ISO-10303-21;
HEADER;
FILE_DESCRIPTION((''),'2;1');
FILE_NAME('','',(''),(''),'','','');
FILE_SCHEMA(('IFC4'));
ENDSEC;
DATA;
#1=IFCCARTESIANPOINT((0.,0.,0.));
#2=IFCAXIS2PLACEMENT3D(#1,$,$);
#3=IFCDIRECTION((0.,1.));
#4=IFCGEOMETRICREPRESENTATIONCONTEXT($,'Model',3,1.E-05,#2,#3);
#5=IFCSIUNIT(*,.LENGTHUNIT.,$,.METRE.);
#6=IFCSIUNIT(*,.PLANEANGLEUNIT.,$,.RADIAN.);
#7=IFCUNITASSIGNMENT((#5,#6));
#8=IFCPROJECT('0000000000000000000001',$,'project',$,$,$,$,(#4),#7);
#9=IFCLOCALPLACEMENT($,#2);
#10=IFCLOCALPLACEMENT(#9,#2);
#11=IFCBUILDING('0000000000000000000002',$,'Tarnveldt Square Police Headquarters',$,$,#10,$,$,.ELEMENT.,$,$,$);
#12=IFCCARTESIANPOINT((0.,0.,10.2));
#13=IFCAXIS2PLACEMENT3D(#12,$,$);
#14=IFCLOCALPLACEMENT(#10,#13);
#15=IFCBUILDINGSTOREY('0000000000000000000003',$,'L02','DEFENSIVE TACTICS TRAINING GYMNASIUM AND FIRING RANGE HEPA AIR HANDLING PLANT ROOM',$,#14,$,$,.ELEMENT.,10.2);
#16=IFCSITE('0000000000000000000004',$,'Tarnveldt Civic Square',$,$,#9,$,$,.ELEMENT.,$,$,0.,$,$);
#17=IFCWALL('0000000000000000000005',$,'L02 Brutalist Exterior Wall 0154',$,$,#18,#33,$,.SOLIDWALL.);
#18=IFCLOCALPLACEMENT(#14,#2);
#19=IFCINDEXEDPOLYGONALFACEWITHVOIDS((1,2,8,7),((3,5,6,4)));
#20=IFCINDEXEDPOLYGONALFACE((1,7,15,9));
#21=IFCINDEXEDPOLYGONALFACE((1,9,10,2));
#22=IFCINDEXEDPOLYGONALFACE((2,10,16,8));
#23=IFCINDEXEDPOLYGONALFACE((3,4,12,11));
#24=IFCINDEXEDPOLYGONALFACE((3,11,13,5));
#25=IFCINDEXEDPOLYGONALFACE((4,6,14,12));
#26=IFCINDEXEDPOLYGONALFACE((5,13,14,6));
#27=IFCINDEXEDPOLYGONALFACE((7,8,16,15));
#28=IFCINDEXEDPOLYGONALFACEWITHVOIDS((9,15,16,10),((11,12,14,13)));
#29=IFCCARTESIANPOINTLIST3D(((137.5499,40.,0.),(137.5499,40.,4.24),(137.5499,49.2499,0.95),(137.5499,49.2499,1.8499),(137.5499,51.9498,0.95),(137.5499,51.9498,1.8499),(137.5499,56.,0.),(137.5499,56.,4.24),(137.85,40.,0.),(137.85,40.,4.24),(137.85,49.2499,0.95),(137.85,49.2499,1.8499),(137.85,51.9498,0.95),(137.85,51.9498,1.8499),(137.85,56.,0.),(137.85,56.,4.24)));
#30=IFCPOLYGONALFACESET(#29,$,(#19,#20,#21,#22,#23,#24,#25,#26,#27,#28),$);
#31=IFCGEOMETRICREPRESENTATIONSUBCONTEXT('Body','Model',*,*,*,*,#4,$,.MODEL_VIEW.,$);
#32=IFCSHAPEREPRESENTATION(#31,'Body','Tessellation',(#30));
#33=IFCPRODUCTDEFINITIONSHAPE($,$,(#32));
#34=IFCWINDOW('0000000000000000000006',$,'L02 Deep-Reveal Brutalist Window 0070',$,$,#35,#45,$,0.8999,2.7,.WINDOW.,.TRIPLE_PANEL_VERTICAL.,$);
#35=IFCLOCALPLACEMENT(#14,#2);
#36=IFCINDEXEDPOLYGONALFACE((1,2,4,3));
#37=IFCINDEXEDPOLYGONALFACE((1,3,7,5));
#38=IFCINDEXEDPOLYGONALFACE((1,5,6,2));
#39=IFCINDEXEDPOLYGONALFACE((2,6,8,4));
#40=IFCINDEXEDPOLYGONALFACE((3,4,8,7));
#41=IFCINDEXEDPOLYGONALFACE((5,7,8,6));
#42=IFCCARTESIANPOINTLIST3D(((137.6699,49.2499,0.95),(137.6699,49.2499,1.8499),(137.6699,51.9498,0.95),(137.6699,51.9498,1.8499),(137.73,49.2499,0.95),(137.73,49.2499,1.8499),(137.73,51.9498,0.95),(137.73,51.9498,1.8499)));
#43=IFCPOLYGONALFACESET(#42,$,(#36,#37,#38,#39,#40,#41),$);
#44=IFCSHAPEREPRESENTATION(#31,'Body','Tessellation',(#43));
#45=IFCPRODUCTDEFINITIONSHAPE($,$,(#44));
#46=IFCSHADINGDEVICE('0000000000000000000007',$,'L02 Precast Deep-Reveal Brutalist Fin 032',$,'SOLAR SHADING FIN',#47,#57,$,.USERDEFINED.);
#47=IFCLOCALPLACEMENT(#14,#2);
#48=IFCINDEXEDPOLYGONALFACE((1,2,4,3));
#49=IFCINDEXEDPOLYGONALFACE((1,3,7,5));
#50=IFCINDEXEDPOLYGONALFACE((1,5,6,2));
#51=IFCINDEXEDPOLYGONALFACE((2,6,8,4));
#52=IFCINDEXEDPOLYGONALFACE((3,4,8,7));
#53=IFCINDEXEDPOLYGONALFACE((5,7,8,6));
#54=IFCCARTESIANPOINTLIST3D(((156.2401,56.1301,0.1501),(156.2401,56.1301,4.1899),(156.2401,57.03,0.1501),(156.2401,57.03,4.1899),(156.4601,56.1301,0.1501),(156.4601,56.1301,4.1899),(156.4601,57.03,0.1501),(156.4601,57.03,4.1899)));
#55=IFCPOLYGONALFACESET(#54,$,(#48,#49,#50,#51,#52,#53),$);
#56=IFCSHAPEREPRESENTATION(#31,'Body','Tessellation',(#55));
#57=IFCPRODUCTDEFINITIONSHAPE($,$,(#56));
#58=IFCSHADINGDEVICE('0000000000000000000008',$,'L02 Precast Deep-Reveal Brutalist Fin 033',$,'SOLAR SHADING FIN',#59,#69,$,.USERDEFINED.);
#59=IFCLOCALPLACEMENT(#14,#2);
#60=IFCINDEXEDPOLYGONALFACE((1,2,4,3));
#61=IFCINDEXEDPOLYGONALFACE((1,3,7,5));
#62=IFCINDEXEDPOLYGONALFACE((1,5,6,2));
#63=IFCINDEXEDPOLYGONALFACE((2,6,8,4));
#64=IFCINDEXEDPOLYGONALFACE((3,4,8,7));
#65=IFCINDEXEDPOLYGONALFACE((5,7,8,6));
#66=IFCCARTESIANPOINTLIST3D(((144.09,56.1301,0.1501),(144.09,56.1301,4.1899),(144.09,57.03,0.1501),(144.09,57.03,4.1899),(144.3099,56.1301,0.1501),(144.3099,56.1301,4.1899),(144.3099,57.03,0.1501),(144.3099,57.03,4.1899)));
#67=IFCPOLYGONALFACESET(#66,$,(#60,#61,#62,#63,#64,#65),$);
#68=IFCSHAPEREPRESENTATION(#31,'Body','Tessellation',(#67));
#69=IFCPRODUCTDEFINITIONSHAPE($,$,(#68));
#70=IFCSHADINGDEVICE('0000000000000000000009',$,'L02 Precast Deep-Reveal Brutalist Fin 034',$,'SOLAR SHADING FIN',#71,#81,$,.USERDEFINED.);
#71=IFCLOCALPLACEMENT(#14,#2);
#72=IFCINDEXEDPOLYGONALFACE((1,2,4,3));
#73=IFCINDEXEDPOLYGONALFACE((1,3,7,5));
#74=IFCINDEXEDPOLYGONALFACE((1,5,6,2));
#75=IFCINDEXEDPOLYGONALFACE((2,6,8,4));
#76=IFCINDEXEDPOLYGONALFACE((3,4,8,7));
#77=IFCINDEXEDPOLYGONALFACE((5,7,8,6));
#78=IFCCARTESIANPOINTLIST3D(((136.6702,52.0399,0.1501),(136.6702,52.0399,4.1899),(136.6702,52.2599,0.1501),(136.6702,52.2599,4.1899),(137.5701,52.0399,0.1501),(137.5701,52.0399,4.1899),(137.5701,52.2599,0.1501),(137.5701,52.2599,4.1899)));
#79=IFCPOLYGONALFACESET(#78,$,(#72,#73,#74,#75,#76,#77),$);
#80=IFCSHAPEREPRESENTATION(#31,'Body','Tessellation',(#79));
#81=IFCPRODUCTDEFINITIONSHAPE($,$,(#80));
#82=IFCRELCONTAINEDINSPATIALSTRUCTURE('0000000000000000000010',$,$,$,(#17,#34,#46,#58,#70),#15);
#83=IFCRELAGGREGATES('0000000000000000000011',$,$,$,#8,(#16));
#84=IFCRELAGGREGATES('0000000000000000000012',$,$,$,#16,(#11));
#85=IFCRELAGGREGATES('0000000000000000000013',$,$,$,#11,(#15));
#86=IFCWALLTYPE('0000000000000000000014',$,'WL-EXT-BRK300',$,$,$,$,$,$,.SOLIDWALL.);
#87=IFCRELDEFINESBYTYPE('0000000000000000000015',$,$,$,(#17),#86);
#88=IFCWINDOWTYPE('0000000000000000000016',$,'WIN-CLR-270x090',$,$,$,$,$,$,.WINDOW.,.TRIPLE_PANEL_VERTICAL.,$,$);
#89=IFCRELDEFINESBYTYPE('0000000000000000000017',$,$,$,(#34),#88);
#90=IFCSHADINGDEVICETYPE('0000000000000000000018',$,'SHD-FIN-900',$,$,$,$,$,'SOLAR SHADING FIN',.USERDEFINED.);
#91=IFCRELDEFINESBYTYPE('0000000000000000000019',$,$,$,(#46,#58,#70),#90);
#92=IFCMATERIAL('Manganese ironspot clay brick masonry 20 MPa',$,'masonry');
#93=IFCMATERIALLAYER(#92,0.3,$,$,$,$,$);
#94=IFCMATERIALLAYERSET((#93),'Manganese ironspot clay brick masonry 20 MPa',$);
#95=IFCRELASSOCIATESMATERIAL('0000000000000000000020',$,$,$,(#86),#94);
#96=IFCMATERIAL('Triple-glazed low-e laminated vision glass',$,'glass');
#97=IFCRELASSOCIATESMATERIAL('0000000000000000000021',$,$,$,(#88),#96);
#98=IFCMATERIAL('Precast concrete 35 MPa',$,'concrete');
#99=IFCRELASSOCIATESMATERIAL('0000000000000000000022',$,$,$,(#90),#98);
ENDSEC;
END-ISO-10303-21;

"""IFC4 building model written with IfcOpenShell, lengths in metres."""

from ifc_helpers import new_model, si_unit, direction, frame, frame_2d, origin, origin_2d, place, context, subcontext, project, spatial, rectangle, extrude, material, layer, layer_set, material_profile, profile_set, type_object, element, fill, save


model = new_model("IFC4")

# Units and contexts
model_context = context("Model", 3, precision=1e-05, world=origin(), true_north=direction((0.0, 1.0)))
body_context = subcontext(model_context, "Body", "Model", "MODEL_VIEW")
ifc_project = project(units=[si_unit("LENGTHUNIT", "METRE"), si_unit("PLANEANGLEUNIT", "RADIAN")], contexts=[model_context])

# Site, building, storey
site_placement = place(None, origin())
site = spatial("IfcSite", under=ifc_project, at=site_placement, Name="Tarnveldt Civic Square", CompositionType="ELEMENT", RefElevation=0.0)
building_placement = place(site_placement, origin())
building = spatial("IfcBuilding", under=site, at=building_placement, Name="Tarnveldt Square Police Headquarters", CompositionType="ELEMENT")
storey_placement = place(building_placement, frame((0.0, 0.0, 10.2)))
storey = spatial("IfcBuildingStorey", under=building, at=storey_placement, Name="L02", Description="DEFENSIVE TACTICS TRAINING GYMNASIUM AND FIRING RANGE HEPA AIR HANDLING PLANT ROOM", CompositionType="ELEMENT", Elevation=10.2)

# Wall, opening, window
ifc_material_1 = material(Name="Manganese ironspot clay brick masonry 20 MPa", Category="masonry")
ifc_layer_1 = layer(ifc_material_1, 0.3)
ifc_layer_set_1 = layer_set([ifc_layer_1], Name="Manganese ironspot clay brick masonry 20 MPa")
wall_type_1 = type_object("IfcWallType", Name="WL-EXT-BRK300", PredefinedType="SOLIDWALL", material=ifc_layer_set_1)
ifc_material_2 = material(Name="Triple-glazed low-e laminated vision glass", Category="glass")
wall_1_placement = place(storey_placement, frame((137.7, 56.0, 0.0), z_axis=(0.0, 0.0, 1.0), x_axis=(0.0, -1.0, 0.0)))
wall_1 = element("IfcWall", 1, at=wall_1_placement, inside=storey, type_object=wall_type_1, Name="L02 Brutalist Exterior Wall 0154", PredefinedType="SOLIDWALL", context=body_context, shape_type="SweptSolid", body=[
    extrude(rectangle(XDim=16.0, YDim=0.3, at=frame_2d((8.0, 0.0))), origin(), (0.0, 0.0, 1.0), 4.24),
])
opening_1_placement = place(wall_1_placement, frame((4.05, 0.0, 0.95)))
opening_1 = element("IfcOpeningElement", 2, at=opening_1_placement, cuts=wall_1, PredefinedType="OPENING", context=body_context, shape_type="SweptSolid", body=[
    extrude(rectangle(XDim=2.7, YDim=0.8999, at=frame_2d((1.3501, 0.45))), frame((0.0, 0.1599, 0.0), z_axis=(0.0, -1.0, 0.0), x_axis=(1.0, 0.0, 0.0)), (0.0, 0.0, 1.0), 0.3201),
])
window_type_1 = type_object("IfcWindowType", Name="WIN-CLR-270x090", PartitioningType="TRIPLE_PANEL_VERTICAL", PredefinedType="WINDOW", material=ifc_material_2)
window_1_placement = place(opening_1_placement, origin())
window_1 = element("IfcWindow", 3, at=window_1_placement, inside=storey, type_object=window_type_1, Name="L02 Deep-Reveal Brutalist Window 0070", OverallHeight=0.8999, OverallWidth=2.7, PartitioningType="TRIPLE_PANEL_VERTICAL", PredefinedType="WINDOW", context=body_context, shape_type="SweptSolid", body=[
    extrude(rectangle(XDim=2.7, YDim=0.8999, at=frame_2d((1.3501, 0.45))), frame((0.0, 0.03, 0.0), z_axis=(0.0, -1.0, 0.0), x_axis=(1.0, 0.0, 0.0)), (0.0, 0.0, 1.0), 0.0601),
])
fill(opening_1, window_1)

# Shading devices
ifc_material_3 = material(Name="Precast concrete 35 MPa", Category="concrete")
ifc_material_profile_1 = material_profile(ifc_material_3, rectangle(XDim=0.22, YDim=0.8999, at=origin_2d()), Name="PC-FIN220x900")
ifc_profile_set_1 = profile_set([ifc_material_profile_1], Name="Precast concrete 35 MPa")
shading_device_type = type_object("IfcShadingDeviceType", Name="SHD-FIN-900", ElementType="SOLAR SHADING FIN", PredefinedType="USERDEFINED", material=ifc_profile_set_1)
for number, where, z_axis, x_axis, name in (
    (4, (156.3501, 56.5801, 0.1501), (0.0, 0.0, 1.0), (-1.0, 0.0, 0.0), "L02 Precast Deep-Reveal Brutalist Fin 032"),
    (5, (144.2, 56.5801, 0.1501), (0.0, 0.0, 1.0), (-1.0, 0.0, 0.0), "L02 Precast Deep-Reveal Brutalist Fin 033"),
    (6, (137.1201, 52.1499, 0.1501), (0.0, 0.0, 1.0), (0.0, -1.0, 0.0), "L02 Precast Deep-Reveal Brutalist Fin 034"),
):
    element("IfcShadingDevice", number, at=place(storey_placement, frame(where, z_axis=z_axis, x_axis=x_axis)), inside=storey, type_object=shading_device_type, Name=name, ObjectType="SOLAR SHADING FIN", PredefinedType="USERDEFINED", context=body_context, shape_type="SweptSolid", body=[
        extrude(rectangle(XDim=0.22, YDim=0.8999, at=origin_2d()), origin(), (0.0, 0.0, 1.0), 4.0398),
    ])

save(model, "model.ifc")
